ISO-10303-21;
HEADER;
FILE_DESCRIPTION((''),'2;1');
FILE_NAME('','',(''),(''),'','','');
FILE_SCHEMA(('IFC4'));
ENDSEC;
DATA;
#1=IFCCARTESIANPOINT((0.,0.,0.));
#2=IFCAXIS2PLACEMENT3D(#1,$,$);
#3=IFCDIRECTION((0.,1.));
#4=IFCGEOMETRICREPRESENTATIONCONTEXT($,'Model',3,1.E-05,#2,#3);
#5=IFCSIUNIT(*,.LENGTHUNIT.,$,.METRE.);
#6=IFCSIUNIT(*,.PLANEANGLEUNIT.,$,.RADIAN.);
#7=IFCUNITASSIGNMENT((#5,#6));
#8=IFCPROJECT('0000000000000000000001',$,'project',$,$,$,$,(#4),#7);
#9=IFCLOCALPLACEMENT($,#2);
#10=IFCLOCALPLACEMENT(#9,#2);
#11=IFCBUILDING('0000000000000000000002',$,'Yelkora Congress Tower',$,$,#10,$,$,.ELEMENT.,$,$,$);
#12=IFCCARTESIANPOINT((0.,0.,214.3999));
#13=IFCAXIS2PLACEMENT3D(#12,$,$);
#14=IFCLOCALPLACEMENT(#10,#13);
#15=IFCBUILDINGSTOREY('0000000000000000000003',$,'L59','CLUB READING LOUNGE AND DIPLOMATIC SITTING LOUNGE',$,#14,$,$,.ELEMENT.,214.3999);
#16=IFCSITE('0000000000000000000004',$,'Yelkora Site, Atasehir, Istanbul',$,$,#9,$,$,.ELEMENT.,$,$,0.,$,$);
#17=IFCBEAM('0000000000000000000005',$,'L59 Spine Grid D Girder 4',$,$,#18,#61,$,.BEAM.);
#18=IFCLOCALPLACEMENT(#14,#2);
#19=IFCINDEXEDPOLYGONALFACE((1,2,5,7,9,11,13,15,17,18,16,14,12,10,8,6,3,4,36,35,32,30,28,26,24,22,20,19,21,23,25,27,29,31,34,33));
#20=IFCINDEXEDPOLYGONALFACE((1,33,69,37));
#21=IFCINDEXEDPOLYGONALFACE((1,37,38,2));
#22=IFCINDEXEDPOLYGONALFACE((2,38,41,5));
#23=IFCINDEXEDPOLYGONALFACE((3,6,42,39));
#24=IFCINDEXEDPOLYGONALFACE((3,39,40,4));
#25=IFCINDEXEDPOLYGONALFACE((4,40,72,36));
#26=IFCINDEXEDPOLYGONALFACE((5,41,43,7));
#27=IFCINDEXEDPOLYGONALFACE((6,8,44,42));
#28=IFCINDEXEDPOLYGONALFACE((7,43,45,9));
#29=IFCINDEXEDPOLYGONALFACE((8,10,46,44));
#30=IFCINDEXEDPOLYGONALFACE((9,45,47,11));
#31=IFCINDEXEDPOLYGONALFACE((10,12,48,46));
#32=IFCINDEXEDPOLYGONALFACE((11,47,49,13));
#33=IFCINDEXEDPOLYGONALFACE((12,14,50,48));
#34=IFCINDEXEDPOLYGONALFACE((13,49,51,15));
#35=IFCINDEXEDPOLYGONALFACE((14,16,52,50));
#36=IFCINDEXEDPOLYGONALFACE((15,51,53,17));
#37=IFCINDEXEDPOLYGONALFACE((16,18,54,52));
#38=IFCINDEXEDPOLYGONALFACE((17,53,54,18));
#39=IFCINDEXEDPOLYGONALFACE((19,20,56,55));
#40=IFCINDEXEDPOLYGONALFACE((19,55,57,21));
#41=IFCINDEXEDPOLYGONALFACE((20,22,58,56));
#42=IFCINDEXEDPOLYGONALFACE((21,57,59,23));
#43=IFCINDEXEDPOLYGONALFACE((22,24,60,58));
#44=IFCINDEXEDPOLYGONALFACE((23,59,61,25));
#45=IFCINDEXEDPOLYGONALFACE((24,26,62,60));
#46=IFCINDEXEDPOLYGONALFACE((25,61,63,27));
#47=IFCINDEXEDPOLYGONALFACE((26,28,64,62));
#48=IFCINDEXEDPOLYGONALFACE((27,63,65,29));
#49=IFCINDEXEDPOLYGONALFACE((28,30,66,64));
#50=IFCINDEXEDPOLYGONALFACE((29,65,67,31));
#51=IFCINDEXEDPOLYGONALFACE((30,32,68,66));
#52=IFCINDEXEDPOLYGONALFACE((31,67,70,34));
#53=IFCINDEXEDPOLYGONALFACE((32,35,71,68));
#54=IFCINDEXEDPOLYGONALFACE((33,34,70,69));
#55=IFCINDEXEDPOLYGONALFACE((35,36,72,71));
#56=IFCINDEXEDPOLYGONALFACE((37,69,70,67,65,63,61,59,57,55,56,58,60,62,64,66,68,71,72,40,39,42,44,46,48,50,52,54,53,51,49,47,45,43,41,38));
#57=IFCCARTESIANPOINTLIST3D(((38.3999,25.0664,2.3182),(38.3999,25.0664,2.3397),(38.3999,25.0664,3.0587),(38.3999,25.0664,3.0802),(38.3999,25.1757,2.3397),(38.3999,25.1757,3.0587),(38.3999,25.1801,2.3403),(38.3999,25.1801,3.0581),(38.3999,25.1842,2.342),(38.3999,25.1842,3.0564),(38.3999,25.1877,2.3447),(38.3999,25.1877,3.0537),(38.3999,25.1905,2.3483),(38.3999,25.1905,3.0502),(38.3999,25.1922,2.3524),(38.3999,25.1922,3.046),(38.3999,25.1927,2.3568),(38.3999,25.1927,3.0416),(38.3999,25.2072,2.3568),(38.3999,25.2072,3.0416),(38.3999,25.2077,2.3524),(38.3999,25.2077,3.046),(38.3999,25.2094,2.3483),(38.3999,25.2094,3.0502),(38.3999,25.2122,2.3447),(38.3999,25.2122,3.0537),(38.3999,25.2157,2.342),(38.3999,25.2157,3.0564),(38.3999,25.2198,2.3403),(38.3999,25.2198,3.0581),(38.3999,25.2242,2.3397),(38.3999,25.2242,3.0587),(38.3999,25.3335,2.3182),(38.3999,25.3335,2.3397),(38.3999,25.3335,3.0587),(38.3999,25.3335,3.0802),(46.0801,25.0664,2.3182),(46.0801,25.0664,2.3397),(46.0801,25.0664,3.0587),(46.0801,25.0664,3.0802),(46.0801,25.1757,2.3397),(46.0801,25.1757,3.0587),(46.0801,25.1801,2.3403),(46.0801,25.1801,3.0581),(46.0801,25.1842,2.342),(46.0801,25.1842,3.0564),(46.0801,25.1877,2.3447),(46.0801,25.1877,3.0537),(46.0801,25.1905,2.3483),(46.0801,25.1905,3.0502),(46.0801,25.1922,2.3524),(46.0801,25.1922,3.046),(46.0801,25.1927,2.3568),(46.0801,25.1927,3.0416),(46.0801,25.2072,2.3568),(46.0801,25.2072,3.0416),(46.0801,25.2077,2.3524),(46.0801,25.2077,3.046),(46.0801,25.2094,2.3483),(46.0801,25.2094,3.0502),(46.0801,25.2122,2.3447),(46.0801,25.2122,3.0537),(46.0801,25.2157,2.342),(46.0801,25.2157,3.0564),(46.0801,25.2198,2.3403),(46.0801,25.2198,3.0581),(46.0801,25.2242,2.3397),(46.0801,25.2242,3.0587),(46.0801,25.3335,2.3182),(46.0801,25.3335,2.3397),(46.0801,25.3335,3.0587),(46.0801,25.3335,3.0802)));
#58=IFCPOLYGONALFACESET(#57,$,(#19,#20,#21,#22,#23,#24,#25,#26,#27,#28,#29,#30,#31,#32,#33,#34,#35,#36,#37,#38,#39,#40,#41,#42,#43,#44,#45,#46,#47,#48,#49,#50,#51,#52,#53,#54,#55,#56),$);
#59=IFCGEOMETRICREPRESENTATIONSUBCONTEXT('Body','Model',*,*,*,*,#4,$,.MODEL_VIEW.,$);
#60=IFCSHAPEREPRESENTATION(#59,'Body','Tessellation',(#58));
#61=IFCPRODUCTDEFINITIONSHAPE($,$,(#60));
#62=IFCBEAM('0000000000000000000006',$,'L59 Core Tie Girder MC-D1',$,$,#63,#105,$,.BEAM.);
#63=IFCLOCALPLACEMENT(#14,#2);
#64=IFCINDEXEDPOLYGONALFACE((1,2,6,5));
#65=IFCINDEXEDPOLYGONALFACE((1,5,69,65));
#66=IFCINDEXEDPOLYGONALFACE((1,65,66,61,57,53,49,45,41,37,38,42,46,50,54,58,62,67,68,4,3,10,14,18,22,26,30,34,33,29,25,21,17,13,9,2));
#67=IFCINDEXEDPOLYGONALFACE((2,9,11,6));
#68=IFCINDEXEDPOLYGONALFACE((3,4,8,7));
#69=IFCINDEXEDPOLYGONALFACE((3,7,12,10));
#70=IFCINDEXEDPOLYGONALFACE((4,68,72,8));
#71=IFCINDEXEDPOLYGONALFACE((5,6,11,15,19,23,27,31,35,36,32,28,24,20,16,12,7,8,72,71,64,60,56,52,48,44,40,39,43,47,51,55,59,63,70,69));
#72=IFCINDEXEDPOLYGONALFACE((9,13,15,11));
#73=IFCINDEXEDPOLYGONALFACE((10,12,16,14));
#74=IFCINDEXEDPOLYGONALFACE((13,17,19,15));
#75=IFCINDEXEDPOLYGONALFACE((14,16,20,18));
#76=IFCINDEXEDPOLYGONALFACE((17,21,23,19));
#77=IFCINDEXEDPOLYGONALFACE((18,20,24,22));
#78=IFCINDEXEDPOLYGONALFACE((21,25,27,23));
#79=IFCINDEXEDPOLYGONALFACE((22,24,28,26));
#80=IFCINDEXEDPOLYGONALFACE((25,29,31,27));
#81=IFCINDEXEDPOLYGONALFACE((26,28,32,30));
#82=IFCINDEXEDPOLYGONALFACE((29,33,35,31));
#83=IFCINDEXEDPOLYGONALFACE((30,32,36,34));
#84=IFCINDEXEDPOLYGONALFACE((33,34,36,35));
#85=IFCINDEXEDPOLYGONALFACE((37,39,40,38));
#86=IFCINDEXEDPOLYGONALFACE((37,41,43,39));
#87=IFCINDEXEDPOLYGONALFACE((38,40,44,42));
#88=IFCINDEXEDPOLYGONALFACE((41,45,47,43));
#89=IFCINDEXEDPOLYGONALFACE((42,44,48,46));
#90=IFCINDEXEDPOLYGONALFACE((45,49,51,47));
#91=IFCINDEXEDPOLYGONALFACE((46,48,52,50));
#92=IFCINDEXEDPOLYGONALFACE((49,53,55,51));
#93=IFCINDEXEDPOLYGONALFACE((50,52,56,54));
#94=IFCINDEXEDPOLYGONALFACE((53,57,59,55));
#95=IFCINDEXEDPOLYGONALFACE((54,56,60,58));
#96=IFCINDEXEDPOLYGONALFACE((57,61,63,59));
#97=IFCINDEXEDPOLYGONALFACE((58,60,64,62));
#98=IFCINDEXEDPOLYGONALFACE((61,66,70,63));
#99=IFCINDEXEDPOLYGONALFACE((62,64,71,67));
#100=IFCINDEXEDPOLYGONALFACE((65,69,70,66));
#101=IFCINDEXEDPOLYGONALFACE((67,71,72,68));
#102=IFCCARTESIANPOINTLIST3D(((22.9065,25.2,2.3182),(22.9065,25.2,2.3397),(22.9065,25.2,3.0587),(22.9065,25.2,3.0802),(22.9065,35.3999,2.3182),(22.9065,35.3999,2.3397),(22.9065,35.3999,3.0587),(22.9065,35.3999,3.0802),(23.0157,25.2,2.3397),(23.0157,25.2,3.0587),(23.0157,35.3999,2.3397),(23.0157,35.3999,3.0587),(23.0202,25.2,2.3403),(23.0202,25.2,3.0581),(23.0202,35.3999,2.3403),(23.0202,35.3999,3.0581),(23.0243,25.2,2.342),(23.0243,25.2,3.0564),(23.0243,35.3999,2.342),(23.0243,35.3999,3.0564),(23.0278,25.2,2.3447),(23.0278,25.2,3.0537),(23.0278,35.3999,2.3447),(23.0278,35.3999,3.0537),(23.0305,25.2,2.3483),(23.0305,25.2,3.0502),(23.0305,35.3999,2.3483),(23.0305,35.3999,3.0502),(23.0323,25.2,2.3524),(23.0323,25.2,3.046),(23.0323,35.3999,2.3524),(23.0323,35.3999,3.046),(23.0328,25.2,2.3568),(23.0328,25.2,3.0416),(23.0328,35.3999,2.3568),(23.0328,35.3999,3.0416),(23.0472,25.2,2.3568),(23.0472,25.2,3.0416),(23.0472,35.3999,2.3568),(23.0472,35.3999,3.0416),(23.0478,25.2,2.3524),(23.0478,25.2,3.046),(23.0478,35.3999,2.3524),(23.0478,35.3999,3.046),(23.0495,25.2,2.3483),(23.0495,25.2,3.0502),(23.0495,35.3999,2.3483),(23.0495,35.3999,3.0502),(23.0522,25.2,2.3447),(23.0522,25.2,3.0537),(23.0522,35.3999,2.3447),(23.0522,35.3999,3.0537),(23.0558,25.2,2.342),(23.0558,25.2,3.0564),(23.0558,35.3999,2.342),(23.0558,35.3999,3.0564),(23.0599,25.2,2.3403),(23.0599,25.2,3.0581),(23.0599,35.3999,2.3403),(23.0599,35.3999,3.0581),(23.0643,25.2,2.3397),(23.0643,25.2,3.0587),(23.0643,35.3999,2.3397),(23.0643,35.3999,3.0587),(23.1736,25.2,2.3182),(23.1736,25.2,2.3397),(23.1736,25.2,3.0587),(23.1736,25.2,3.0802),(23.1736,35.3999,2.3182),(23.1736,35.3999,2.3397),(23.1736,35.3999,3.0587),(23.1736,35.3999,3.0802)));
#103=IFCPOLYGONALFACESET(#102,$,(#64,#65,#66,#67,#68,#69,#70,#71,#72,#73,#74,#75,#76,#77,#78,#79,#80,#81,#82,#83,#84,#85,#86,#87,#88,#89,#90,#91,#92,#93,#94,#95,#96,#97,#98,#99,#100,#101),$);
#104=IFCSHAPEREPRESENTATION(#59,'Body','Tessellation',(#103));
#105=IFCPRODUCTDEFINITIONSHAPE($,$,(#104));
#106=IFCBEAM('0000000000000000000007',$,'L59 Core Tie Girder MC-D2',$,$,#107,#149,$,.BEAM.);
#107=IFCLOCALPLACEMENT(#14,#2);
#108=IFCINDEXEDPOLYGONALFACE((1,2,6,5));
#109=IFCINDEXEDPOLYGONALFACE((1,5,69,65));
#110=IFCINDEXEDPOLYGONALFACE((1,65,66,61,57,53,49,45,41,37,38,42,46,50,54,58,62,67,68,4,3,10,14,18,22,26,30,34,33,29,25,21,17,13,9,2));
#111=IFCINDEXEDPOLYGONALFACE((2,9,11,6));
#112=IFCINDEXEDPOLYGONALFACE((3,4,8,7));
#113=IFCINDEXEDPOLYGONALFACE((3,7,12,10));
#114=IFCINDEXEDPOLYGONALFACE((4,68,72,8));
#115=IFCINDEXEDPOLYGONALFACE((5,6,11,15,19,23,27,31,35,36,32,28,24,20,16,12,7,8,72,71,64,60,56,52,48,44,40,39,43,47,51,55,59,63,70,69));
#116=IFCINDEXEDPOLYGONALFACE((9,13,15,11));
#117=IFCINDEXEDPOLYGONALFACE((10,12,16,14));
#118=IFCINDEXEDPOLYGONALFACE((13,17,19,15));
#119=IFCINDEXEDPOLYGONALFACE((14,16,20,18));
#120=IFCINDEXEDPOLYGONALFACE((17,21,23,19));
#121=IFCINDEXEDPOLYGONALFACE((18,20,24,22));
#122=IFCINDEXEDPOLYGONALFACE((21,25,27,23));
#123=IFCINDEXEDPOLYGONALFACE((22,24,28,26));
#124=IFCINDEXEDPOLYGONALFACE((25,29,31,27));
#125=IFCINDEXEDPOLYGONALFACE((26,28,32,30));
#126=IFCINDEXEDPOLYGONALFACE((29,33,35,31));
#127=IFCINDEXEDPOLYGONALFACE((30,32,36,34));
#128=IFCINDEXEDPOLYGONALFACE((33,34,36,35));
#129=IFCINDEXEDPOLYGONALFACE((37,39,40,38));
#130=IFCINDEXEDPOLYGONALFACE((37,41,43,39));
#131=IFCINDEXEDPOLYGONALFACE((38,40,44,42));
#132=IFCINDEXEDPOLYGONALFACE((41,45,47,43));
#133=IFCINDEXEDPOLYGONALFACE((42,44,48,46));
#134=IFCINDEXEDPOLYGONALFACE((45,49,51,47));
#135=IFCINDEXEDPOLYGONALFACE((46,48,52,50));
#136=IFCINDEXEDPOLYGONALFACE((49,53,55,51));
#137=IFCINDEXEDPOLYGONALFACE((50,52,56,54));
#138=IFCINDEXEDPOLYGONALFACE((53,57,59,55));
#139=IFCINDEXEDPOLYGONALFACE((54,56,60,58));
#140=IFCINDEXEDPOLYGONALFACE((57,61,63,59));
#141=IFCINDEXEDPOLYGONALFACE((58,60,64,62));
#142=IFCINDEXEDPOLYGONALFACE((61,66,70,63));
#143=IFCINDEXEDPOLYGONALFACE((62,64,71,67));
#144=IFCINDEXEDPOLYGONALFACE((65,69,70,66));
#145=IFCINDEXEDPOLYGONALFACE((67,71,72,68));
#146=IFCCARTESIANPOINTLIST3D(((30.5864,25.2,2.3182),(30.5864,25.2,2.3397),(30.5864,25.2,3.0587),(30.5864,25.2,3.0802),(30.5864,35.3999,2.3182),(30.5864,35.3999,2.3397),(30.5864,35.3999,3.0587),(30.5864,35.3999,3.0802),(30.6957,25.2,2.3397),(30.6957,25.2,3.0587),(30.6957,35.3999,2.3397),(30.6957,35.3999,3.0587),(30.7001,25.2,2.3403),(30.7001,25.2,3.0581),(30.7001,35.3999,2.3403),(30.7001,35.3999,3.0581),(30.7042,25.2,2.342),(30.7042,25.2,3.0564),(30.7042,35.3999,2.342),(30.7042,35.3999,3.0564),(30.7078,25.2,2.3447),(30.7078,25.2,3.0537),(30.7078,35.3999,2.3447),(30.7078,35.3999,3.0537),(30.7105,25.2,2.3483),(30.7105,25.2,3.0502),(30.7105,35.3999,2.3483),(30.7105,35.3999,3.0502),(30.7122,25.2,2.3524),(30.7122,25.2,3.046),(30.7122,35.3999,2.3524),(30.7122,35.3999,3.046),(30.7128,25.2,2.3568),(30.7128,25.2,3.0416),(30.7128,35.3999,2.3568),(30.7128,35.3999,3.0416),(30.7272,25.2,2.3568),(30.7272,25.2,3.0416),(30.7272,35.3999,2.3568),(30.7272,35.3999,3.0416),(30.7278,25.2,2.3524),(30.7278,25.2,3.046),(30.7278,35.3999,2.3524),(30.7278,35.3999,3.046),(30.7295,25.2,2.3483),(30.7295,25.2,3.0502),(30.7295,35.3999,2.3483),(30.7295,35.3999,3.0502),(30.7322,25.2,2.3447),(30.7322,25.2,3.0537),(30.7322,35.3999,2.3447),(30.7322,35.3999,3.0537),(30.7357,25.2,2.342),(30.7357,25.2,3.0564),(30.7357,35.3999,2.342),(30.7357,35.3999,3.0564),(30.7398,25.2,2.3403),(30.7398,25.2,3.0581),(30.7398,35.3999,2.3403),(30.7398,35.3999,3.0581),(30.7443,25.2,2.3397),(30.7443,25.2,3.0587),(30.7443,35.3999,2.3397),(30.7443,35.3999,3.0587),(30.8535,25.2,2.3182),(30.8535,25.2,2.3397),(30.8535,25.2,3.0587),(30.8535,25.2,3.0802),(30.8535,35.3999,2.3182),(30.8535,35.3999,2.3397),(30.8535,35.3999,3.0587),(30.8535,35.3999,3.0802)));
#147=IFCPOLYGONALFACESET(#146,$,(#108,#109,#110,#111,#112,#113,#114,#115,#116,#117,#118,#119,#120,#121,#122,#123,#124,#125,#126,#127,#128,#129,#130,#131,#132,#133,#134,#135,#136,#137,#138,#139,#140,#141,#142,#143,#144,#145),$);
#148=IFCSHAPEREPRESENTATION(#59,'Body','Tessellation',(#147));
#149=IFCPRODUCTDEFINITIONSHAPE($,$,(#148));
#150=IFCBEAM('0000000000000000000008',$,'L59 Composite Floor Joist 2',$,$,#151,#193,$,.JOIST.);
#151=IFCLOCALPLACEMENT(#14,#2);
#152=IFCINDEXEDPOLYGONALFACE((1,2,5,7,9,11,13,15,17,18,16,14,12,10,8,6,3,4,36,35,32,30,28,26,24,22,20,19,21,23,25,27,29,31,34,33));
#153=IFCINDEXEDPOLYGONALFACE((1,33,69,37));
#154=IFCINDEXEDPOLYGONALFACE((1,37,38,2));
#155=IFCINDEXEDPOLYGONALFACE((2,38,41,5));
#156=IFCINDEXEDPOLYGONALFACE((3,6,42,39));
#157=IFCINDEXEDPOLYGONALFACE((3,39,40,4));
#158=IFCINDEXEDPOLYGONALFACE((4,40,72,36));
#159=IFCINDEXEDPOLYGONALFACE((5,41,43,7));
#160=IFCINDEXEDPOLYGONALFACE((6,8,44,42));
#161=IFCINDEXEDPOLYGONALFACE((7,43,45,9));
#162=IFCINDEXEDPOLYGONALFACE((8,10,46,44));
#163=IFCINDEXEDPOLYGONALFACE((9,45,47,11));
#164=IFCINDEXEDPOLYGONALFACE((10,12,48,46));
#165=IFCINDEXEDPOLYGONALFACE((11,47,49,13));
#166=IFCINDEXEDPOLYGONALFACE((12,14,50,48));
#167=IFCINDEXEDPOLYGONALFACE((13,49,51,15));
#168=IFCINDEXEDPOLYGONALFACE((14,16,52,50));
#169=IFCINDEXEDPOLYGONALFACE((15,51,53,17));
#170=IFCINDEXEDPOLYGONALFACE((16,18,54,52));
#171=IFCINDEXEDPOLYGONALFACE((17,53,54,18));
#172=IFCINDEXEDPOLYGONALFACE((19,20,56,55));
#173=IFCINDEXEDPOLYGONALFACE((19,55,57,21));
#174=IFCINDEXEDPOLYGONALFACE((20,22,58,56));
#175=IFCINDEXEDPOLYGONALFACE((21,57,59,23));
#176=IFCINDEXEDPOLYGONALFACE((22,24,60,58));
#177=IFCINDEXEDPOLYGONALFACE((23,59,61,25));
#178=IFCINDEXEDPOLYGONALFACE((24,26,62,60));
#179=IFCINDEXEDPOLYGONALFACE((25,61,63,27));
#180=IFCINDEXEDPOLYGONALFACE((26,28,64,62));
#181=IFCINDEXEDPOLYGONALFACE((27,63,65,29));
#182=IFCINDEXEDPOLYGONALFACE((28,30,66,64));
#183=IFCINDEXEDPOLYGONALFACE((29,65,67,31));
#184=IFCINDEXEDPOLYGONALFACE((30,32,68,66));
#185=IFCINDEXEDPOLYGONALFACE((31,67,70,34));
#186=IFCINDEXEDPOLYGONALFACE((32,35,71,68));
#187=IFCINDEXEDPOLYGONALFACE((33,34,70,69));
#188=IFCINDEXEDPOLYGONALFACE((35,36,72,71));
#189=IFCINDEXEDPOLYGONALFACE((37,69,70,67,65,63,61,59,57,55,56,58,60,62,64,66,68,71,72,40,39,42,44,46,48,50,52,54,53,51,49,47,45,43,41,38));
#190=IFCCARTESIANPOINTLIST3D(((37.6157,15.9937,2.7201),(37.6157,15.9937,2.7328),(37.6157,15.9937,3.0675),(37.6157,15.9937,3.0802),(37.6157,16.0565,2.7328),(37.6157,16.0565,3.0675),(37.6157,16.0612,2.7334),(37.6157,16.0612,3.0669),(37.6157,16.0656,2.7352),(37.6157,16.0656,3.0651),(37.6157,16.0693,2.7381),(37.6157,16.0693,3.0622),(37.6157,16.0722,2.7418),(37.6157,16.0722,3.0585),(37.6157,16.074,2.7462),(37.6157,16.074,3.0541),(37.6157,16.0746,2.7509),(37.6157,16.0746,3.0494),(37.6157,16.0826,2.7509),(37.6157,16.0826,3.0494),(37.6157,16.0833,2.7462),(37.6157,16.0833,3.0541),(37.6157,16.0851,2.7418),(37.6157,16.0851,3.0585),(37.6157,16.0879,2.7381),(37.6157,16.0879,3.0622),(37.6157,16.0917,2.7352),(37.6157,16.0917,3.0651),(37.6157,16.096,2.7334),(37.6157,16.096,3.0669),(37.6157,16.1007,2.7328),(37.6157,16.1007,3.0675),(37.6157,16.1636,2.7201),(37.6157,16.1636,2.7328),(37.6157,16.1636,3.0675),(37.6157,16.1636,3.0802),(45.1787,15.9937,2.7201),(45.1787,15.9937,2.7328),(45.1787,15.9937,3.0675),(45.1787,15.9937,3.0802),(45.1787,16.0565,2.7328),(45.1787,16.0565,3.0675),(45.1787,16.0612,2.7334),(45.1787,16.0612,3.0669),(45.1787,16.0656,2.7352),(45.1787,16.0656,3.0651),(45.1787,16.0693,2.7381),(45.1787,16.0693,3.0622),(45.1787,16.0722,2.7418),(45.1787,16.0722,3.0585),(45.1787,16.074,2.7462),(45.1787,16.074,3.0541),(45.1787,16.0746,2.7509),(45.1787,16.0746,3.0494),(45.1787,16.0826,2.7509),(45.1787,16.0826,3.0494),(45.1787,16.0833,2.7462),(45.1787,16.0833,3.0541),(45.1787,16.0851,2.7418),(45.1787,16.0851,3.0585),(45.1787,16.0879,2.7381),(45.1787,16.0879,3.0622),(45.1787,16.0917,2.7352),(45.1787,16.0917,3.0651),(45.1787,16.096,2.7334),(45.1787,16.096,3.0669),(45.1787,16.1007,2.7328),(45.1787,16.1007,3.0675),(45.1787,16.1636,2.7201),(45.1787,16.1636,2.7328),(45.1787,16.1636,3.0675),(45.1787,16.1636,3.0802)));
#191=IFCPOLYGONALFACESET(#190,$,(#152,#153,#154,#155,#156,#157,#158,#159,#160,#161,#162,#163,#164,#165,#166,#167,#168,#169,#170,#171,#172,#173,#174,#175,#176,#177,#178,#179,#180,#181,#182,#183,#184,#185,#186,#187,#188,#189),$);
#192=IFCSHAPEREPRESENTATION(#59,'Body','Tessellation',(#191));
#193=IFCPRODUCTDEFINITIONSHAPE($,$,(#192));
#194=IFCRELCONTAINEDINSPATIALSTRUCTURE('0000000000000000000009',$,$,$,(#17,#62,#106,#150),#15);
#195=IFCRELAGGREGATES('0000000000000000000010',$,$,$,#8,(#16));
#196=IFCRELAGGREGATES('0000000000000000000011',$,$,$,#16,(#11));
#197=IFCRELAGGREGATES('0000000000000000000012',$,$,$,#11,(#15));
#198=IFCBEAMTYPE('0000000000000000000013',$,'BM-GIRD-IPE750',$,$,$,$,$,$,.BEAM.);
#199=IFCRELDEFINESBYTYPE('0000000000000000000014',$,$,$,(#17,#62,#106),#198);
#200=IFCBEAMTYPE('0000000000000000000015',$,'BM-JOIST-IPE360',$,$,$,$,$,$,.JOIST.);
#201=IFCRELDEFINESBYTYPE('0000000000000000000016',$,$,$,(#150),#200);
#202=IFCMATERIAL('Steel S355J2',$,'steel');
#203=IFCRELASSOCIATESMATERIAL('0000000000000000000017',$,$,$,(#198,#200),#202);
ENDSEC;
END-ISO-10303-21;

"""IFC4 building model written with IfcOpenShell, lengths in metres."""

from ifc_helpers import new_model, si_unit, direction, frame, origin, origin_2d, place, context, subcontext, project, spatial, i_section, extrude, material, material_profile, profile_set, type_object, element, save


model = new_model("IFC4")

# Units and contexts
model_context = context("Model", 3, precision=1e-05, world=origin(), true_north=direction((0.0, 1.0)))
body_context = subcontext(model_context, "Body", "Model", "MODEL_VIEW")
ifc_project = project(units=[si_unit("LENGTHUNIT", "METRE"), si_unit("PLANEANGLEUNIT", "RADIAN")], contexts=[model_context])

# Site, building, storey
site_placement = place(None, origin())
site = spatial("IfcSite", under=ifc_project, at=site_placement, Name="Yelkora Site, Atasehir, Istanbul", CompositionType="ELEMENT", RefElevation=0.0)
building_placement = place(site_placement, origin())
building = spatial("IfcBuilding", under=site, at=building_placement, Name="Yelkora Congress Tower", CompositionType="ELEMENT")
storey_placement = place(building_placement, frame((0.0, 0.0, 214.3999)))
storey = spatial("IfcBuildingStorey", under=building, at=storey_placement, Name="L59", Description="CLUB READING LOUNGE AND DIPLOMATIC SITTING LOUNGE", CompositionType="ELEMENT", Elevation=214.3999)

# Beams
ifc_material_1 = material(Name="Steel S355J2", Category="steel")
ifc_material_profile_1 = material_profile(ifc_material_1, i_section(OverallWidth=0.2671, OverallDepth=0.762, WebThickness=0.0144, FlangeThickness=0.0215, FilletRadius=0.0171, at=origin_2d()), Name="IPE 750x173")
ifc_profile_set_1 = profile_set([ifc_material_profile_1], Name="Steel S355J2")
beam_type_1 = type_object("IfcBeamType", Name="BM-GIRD-IPE750", PredefinedType="BEAM", material=ifc_profile_set_1)
beam_1_placement = place(storey_placement, frame((38.3999, 25.2, 2.6992), z_axis=(1.0, 0.0, 0.0), x_axis=(0.0, 1.0, 0.0)))
element("IfcBeam", 1, at=beam_1_placement, inside=storey, type_object=beam_type_1, Name="L59 Spine Grid D Girder 4", PredefinedType="BEAM", context=body_context, shape_type="SweptSolid", body=[
    extrude(i_section(OverallWidth=0.2671, OverallDepth=0.762, WebThickness=0.0144, FlangeThickness=0.0215, FilletRadius=0.0171, at=origin_2d()), origin(), (0.0, 0.0, 1.0), 7.6802),
])
for number, where, z_axis, x_axis, name in (
    (2, (23.04, 25.2, 2.6992), (0.0, 1.0, 0.0), (-1.0, 0.0, 0.0), "L59 Core Tie Girder MC-D1"),
    (3, (30.72, 25.2, 2.6992), (0.0, 1.0, 0.0), (-1.0, 0.0, 0.0), "L59 Core Tie Girder MC-D2"),
):
    element("IfcBeam", number, at=place(storey_placement, frame(where, z_axis=z_axis, x_axis=x_axis)), inside=storey, type_object=beam_type_1, Name=name, PredefinedType="BEAM", context=body_context, shape_type="SweptSolid", body=[
        extrude(i_section(OverallWidth=0.2671, OverallDepth=0.762, WebThickness=0.0144, FlangeThickness=0.0215, FilletRadius=0.0171, at=origin_2d()), origin(), (0.0, 0.0, 1.0), 10.2),
    ])
ifc_material_profile_2 = material_profile(ifc_material_1, i_section(OverallWidth=0.1699, OverallDepth=0.3601, WebThickness=0.0081, FlangeThickness=0.0127, FilletRadius=0.0181, at=origin_2d()), Name="IPE 360")
ifc_profile_set_2 = profile_set([ifc_material_profile_2], Name="Steel S355J2")
beam_type_2 = type_object("IfcBeamType", Name="BM-JOIST-IPE360", PredefinedType="JOIST", material=ifc_profile_set_2)
beam_2_placement = place(storey_placement, frame((37.6157, 16.0786, 2.9001), z_axis=(1.0, 0.0, 0.0), x_axis=(0.0, 1.0, 0.0)))
element("IfcBeam", 4, at=beam_2_placement, inside=storey, type_object=beam_type_2, Name="L59 Composite Floor Joist 2", PredefinedType="JOIST", context=body_context, shape_type="SweptSolid", body=[
    extrude(i_section(OverallWidth=0.1699, OverallDepth=0.3601, WebThickness=0.0081, FlangeThickness=0.0127, FilletRadius=0.0181, at=origin_2d()), origin(), (0.0, 0.0, 1.0), 7.563),
])

save(model, "model.ifc")
